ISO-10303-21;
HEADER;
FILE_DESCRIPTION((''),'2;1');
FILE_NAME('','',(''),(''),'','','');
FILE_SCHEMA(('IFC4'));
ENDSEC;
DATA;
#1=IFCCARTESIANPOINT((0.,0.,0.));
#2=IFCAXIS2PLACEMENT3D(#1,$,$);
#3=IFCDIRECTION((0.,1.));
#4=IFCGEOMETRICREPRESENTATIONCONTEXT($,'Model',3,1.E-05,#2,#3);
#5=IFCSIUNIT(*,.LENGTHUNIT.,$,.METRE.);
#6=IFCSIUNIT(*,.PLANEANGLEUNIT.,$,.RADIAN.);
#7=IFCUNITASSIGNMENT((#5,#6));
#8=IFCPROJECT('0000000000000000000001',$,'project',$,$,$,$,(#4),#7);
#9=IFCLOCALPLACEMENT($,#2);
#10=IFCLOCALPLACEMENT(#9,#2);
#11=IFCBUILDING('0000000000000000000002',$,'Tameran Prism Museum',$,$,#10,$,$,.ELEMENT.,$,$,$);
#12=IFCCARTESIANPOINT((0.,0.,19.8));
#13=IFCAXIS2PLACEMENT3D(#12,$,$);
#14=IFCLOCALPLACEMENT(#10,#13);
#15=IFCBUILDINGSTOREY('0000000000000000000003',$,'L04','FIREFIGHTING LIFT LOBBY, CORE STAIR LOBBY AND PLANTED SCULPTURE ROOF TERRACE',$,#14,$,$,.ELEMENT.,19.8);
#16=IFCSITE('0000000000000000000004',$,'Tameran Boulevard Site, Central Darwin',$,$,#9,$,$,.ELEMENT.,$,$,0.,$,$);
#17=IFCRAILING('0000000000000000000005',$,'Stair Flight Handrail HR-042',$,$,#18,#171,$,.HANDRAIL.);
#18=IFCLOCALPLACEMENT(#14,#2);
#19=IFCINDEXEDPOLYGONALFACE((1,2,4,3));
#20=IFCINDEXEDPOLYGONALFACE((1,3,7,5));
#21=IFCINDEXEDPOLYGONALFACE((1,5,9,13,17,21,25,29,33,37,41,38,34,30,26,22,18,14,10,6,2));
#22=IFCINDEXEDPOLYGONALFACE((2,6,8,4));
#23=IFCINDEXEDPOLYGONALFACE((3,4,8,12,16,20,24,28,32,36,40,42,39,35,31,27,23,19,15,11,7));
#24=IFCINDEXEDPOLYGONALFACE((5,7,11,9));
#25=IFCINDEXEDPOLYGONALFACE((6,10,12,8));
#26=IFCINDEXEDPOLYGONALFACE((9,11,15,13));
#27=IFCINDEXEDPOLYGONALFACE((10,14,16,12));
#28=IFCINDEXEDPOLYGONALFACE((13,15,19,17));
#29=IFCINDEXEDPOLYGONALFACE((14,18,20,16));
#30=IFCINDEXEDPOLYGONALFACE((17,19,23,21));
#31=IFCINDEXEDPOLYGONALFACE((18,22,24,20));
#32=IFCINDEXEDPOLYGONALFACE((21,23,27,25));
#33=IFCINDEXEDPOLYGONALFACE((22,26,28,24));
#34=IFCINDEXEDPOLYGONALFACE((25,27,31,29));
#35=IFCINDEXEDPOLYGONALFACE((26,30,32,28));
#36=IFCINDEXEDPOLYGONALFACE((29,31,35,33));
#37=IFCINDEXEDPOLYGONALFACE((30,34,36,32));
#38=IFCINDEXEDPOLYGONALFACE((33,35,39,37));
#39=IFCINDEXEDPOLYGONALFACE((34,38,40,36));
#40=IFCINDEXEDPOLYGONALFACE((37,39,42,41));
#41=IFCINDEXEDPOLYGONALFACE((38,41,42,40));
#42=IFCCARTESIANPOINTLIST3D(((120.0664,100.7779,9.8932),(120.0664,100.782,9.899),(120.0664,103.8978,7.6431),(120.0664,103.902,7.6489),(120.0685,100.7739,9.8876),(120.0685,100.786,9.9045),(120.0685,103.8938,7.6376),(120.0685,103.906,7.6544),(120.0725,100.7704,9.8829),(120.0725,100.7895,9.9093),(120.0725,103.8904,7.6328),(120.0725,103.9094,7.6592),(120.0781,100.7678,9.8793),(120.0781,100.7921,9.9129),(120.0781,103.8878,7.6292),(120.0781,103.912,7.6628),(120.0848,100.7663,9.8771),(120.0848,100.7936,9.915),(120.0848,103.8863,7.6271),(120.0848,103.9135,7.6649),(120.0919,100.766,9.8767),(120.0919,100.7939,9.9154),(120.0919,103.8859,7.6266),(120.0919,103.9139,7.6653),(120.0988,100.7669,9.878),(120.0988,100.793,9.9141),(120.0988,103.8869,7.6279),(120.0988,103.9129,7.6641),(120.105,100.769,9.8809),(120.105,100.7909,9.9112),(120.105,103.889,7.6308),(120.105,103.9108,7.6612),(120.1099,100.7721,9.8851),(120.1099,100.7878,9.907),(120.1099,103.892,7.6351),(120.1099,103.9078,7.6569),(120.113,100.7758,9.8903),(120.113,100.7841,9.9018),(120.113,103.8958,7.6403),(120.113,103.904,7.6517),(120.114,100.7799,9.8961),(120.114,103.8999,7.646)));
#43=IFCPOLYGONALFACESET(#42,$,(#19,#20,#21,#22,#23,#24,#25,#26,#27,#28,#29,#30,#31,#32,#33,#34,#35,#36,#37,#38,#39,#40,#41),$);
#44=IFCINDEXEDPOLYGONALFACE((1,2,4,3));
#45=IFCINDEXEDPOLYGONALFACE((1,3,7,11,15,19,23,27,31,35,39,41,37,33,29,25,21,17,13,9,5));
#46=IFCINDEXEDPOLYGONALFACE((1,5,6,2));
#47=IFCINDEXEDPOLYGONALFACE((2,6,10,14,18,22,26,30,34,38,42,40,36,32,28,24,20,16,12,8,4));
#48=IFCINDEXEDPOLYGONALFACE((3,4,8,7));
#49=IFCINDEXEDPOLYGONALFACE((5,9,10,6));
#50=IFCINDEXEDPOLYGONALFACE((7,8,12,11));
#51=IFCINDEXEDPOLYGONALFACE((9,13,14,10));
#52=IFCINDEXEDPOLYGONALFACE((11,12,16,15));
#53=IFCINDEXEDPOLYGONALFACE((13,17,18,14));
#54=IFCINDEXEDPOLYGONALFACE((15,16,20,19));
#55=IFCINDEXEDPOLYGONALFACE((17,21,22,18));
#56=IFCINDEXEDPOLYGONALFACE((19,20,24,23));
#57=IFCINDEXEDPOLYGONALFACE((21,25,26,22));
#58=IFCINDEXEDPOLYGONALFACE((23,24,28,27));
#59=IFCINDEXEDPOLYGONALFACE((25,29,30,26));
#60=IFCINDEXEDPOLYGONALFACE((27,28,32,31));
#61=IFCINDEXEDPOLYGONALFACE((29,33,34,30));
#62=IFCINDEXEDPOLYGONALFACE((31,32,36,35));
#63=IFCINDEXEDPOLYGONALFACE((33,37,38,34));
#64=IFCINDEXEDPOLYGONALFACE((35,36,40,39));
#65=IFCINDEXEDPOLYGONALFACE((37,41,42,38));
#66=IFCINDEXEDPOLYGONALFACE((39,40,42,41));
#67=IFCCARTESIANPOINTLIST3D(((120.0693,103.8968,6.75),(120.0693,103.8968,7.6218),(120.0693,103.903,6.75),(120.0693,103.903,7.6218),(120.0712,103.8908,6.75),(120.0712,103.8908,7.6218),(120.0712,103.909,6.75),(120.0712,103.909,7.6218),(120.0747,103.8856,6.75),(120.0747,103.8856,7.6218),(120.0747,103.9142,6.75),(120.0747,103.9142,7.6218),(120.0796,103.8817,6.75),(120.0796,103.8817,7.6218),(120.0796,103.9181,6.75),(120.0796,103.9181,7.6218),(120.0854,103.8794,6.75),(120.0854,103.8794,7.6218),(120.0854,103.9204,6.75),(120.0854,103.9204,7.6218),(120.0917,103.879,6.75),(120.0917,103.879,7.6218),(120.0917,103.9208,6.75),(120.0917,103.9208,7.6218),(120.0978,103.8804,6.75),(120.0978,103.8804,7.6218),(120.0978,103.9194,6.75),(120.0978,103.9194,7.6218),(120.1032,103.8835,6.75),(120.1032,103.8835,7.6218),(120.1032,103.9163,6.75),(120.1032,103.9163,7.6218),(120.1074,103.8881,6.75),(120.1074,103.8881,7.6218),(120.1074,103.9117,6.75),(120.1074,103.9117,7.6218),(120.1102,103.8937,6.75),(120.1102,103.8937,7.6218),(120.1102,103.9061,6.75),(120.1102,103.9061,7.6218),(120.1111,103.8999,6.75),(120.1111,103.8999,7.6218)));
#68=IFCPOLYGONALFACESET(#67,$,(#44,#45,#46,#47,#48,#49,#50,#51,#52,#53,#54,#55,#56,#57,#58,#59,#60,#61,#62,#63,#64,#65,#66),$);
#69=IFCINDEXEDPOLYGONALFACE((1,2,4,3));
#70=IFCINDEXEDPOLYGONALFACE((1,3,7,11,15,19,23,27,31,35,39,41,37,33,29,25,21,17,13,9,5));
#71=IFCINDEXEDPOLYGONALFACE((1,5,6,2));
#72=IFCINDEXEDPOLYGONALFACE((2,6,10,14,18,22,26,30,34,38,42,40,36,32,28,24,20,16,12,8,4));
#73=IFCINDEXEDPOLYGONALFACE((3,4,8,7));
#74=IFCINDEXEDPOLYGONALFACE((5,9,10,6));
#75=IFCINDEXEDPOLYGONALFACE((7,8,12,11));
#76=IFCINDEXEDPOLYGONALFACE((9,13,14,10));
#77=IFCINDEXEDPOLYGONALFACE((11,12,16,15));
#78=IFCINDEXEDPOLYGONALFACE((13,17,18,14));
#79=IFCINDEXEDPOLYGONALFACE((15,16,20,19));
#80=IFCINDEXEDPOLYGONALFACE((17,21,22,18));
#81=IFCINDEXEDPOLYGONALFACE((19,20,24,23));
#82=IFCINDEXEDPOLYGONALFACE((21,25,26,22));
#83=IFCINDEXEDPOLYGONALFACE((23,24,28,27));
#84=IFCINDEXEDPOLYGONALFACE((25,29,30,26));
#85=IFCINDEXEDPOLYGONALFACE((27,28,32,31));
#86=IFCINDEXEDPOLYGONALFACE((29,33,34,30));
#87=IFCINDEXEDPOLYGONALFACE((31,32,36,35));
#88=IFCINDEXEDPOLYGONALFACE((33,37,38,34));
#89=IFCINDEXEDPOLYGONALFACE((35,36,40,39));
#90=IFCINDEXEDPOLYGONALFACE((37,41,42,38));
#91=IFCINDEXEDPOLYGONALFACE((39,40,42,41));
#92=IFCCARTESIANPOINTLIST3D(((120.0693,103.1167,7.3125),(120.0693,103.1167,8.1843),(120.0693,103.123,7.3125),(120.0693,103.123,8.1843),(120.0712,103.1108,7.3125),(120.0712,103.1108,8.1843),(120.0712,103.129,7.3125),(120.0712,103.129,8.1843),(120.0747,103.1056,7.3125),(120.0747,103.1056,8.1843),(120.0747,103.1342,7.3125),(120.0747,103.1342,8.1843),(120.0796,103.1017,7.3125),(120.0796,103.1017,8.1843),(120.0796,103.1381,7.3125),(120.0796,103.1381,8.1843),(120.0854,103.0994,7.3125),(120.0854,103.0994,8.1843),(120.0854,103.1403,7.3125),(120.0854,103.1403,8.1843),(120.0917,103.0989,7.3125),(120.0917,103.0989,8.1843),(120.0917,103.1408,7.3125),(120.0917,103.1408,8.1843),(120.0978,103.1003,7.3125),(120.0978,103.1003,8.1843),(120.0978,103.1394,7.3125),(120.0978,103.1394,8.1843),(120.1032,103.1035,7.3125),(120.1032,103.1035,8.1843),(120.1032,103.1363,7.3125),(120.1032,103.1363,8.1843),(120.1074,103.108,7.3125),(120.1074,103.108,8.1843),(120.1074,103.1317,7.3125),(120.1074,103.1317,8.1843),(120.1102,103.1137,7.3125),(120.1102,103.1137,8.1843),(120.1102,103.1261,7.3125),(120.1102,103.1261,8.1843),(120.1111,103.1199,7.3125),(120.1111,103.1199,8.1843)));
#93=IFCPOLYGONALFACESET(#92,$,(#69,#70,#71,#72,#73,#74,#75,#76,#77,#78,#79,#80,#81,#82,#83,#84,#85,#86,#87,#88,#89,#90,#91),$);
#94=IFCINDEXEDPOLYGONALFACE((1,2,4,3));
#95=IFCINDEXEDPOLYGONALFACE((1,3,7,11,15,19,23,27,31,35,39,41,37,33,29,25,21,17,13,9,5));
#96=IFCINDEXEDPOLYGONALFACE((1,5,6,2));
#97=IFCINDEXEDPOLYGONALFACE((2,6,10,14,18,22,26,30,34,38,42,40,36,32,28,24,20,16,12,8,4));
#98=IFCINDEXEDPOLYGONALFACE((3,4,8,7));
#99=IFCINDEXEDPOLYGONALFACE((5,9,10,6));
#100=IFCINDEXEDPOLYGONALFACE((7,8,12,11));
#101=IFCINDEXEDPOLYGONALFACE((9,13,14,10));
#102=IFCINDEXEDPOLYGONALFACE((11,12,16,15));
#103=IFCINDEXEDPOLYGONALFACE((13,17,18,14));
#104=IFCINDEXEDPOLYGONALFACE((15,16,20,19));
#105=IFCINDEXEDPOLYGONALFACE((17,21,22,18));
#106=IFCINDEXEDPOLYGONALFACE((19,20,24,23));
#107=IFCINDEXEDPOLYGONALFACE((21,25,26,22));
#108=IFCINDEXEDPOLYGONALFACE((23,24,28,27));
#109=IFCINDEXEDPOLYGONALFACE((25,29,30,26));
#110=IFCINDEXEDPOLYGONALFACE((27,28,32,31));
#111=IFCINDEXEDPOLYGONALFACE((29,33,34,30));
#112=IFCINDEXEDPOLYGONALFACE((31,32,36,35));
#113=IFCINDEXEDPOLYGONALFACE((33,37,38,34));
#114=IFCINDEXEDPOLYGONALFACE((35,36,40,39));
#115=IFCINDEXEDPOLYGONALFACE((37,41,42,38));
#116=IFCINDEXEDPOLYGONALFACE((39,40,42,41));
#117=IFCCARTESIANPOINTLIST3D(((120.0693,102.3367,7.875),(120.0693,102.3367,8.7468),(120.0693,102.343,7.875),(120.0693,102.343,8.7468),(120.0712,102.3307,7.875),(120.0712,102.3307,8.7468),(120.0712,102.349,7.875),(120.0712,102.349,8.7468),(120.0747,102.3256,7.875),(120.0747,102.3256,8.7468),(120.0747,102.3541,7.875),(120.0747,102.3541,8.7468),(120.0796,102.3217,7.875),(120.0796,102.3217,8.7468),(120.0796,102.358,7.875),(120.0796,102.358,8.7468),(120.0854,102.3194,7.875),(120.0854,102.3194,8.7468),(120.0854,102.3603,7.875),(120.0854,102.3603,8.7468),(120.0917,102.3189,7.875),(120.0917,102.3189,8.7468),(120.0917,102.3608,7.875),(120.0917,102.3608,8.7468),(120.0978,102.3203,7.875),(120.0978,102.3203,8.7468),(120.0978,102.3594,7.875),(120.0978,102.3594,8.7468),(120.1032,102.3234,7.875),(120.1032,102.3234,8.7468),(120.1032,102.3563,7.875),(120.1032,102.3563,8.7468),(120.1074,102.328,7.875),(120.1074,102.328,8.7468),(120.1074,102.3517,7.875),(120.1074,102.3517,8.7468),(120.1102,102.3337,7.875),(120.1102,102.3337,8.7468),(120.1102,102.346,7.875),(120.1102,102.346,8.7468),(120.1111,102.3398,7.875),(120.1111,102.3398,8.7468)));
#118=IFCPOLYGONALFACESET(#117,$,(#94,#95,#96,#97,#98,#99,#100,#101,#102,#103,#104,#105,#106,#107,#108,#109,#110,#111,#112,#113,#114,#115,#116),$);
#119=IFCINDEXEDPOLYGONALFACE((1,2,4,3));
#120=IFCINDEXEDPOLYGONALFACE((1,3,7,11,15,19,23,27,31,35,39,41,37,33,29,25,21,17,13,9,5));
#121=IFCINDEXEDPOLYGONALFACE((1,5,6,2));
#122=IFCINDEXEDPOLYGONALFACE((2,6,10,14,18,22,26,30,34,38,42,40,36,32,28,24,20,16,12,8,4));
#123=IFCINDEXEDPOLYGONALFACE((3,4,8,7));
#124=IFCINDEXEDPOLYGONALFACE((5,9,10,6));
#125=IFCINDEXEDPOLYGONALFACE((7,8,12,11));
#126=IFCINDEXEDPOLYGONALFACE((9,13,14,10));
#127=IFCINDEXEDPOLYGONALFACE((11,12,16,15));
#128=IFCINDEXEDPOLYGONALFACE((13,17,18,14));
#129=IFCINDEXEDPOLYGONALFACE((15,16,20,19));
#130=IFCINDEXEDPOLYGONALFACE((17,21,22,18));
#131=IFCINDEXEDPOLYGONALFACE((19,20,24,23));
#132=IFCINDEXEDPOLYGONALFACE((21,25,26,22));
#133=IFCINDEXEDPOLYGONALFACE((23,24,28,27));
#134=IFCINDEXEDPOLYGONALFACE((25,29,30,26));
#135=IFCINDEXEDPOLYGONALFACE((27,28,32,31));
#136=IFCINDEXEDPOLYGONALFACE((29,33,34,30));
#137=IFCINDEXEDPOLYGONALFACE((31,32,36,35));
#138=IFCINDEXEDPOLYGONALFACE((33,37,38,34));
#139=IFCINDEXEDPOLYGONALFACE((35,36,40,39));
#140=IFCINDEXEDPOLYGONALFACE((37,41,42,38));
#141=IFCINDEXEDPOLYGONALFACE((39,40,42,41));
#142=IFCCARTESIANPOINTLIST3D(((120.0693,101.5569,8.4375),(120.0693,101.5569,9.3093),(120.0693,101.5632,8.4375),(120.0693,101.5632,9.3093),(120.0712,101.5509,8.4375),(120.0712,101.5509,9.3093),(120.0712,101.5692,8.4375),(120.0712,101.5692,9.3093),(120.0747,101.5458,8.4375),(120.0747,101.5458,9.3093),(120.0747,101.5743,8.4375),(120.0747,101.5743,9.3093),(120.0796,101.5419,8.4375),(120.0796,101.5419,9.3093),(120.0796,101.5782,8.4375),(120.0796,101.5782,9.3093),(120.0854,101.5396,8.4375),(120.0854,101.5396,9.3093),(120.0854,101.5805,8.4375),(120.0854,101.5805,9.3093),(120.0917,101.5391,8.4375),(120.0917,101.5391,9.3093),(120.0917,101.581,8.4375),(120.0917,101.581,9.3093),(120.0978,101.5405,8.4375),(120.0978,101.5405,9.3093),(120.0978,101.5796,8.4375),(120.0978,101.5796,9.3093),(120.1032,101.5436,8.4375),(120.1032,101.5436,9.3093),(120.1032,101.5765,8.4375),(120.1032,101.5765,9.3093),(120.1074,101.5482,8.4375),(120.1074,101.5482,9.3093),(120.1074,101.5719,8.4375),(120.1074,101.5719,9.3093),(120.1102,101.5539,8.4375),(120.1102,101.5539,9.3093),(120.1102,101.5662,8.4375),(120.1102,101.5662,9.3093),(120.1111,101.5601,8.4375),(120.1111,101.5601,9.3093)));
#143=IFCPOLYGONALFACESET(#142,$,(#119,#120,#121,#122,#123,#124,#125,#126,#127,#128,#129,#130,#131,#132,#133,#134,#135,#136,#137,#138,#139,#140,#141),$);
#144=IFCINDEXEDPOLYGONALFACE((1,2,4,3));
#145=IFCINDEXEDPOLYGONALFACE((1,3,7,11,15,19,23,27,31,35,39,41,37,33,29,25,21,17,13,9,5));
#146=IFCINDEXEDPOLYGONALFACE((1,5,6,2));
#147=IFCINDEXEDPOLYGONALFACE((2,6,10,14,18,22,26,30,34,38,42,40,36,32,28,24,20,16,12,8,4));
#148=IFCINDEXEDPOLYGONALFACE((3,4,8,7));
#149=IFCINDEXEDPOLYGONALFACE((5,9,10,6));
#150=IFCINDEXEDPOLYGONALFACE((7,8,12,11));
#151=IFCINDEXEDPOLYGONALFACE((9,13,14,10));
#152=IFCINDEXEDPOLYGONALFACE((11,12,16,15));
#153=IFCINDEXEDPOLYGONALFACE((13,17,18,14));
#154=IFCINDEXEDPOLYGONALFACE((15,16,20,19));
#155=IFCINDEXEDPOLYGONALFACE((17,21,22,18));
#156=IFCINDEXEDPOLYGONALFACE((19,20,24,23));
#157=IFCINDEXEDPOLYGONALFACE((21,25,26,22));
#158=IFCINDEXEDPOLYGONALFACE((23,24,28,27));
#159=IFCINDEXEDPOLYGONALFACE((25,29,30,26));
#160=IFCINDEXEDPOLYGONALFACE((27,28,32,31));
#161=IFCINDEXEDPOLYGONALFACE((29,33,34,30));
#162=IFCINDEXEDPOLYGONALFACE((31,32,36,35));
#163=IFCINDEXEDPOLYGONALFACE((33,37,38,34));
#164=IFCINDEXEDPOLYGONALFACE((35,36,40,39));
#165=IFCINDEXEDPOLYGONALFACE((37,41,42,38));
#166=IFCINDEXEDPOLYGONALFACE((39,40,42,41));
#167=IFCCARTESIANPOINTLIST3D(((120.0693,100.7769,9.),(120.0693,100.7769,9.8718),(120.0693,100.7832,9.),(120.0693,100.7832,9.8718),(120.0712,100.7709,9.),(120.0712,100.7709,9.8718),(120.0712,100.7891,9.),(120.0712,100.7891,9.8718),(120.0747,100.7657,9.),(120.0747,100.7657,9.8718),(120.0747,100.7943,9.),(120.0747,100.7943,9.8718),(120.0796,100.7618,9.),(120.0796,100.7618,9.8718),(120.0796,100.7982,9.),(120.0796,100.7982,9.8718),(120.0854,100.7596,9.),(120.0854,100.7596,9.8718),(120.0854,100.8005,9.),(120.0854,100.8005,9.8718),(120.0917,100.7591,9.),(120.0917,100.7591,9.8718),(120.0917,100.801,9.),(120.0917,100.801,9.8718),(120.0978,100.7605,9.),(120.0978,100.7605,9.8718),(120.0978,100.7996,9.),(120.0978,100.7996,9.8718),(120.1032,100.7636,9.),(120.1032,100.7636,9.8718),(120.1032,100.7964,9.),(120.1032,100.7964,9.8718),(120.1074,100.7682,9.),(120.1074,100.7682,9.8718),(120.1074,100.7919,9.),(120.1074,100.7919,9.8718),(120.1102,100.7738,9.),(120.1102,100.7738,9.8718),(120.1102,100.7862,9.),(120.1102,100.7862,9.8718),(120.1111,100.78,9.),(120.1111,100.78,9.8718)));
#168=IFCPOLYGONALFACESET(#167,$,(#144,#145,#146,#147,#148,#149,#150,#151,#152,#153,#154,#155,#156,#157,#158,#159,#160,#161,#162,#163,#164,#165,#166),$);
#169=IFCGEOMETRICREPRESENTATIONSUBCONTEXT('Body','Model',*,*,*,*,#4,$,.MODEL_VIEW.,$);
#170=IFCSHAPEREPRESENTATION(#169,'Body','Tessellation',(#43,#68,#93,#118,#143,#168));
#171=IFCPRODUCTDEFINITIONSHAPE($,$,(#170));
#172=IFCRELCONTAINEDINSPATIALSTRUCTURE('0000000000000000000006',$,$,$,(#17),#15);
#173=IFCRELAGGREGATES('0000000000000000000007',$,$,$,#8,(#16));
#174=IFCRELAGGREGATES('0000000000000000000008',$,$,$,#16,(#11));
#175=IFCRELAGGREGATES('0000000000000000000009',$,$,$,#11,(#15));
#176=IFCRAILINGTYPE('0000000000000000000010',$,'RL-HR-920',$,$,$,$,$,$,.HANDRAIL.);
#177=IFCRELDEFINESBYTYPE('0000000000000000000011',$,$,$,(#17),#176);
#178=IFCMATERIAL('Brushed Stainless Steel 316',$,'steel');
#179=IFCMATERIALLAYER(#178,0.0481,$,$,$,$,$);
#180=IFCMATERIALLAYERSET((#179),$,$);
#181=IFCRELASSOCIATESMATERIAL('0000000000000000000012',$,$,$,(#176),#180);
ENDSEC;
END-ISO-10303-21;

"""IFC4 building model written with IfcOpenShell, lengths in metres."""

from ifc_helpers import new_model, si_unit, direction, frame, origin, origin_2d, place, context, subcontext, project, spatial, circle, extrude, material, layer, layer_set, type_object, element, save


model = new_model("IFC4")

# Units and contexts
model_context = context("Model", 3, precision=1e-05, world=origin(), true_north=direction((0.0, 1.0)))
body_context = subcontext(model_context, "Body", "Model", "MODEL_VIEW")
ifc_project = project(units=[si_unit("LENGTHUNIT", "METRE"), si_unit("PLANEANGLEUNIT", "RADIAN")], contexts=[model_context])

# Site, building, storey
site_placement = place(None, origin())
site = spatial("IfcSite", under=ifc_project, at=site_placement, Name="Tameran Boulevard Site, Central Darwin", CompositionType="ELEMENT", RefElevation=0.0)
building_placement = place(site_placement, origin())
building = spatial("IfcBuilding", under=site, at=building_placement, Name="Tameran Prism Museum", CompositionType="ELEMENT")
storey_placement = place(building_placement, frame((0.0, 0.0, 19.8)))
storey = spatial("IfcBuildingStorey", under=building, at=storey_placement, Name="L04", Description="FIREFIGHTING LIFT LOBBY, CORE STAIR LOBBY AND PLANTED SCULPTURE ROOF TERRACE", CompositionType="ELEMENT", Elevation=19.8)

# Railing
ifc_material_1 = material(Name="Brushed Stainless Steel 316", Category="steel")
ifc_layer_1 = layer(ifc_material_1, 0.0481)
ifc_layer_set_1 = layer_set([ifc_layer_1])
railing_type_1 = type_object("IfcRailingType", Name="RL-HR-920", PredefinedType="HANDRAIL", material=ifc_layer_set_1)
for number, where, name in (
    (1, (120.0901, 103.8999, 6.75), "Stair Flight Handrail HR-042"),
):
    element("IfcRailing", number, at=place(storey_placement, frame(where)), inside=storey, type_object=railing_type_1, Name=name, PredefinedType="HANDRAIL", context=body_context, shape_type="SweptSolid", body=[
        extrude(circle(Radius=0.0239, at=origin_2d()), frame((0.0, 0.0, 0.896), z_axis=(0.0, -0.811079, 0.584937), x_axis=(1.0, 0.0, 0.0)), (0.0, 0.0, 1.0), 3.8467),
        extrude(circle(Radius=0.021, at=origin_2d()), origin(), (0.0, 0.0, 1.0), 0.8718),
        extrude(circle(Radius=0.021, at=origin_2d()), frame((0.0, -0.78, 0.5625)), (0.0, 0.0, 1.0), 0.8718),
        extrude(circle(Radius=0.021, at=origin_2d()), frame((0.0, -1.5601, 1.125)), (0.0, 0.0, 1.0), 0.8718),
        extrude(circle(Radius=0.021, at=origin_2d()), frame((0.0, -2.3398, 1.6875)), (0.0, 0.0, 1.0), 0.8718),
        extrude(circle(Radius=0.021, at=origin_2d()), frame((0.0, -3.1199, 2.25)), (0.0, 0.0, 1.0), 0.8718),
    ])

save(model, "model.ifc")
